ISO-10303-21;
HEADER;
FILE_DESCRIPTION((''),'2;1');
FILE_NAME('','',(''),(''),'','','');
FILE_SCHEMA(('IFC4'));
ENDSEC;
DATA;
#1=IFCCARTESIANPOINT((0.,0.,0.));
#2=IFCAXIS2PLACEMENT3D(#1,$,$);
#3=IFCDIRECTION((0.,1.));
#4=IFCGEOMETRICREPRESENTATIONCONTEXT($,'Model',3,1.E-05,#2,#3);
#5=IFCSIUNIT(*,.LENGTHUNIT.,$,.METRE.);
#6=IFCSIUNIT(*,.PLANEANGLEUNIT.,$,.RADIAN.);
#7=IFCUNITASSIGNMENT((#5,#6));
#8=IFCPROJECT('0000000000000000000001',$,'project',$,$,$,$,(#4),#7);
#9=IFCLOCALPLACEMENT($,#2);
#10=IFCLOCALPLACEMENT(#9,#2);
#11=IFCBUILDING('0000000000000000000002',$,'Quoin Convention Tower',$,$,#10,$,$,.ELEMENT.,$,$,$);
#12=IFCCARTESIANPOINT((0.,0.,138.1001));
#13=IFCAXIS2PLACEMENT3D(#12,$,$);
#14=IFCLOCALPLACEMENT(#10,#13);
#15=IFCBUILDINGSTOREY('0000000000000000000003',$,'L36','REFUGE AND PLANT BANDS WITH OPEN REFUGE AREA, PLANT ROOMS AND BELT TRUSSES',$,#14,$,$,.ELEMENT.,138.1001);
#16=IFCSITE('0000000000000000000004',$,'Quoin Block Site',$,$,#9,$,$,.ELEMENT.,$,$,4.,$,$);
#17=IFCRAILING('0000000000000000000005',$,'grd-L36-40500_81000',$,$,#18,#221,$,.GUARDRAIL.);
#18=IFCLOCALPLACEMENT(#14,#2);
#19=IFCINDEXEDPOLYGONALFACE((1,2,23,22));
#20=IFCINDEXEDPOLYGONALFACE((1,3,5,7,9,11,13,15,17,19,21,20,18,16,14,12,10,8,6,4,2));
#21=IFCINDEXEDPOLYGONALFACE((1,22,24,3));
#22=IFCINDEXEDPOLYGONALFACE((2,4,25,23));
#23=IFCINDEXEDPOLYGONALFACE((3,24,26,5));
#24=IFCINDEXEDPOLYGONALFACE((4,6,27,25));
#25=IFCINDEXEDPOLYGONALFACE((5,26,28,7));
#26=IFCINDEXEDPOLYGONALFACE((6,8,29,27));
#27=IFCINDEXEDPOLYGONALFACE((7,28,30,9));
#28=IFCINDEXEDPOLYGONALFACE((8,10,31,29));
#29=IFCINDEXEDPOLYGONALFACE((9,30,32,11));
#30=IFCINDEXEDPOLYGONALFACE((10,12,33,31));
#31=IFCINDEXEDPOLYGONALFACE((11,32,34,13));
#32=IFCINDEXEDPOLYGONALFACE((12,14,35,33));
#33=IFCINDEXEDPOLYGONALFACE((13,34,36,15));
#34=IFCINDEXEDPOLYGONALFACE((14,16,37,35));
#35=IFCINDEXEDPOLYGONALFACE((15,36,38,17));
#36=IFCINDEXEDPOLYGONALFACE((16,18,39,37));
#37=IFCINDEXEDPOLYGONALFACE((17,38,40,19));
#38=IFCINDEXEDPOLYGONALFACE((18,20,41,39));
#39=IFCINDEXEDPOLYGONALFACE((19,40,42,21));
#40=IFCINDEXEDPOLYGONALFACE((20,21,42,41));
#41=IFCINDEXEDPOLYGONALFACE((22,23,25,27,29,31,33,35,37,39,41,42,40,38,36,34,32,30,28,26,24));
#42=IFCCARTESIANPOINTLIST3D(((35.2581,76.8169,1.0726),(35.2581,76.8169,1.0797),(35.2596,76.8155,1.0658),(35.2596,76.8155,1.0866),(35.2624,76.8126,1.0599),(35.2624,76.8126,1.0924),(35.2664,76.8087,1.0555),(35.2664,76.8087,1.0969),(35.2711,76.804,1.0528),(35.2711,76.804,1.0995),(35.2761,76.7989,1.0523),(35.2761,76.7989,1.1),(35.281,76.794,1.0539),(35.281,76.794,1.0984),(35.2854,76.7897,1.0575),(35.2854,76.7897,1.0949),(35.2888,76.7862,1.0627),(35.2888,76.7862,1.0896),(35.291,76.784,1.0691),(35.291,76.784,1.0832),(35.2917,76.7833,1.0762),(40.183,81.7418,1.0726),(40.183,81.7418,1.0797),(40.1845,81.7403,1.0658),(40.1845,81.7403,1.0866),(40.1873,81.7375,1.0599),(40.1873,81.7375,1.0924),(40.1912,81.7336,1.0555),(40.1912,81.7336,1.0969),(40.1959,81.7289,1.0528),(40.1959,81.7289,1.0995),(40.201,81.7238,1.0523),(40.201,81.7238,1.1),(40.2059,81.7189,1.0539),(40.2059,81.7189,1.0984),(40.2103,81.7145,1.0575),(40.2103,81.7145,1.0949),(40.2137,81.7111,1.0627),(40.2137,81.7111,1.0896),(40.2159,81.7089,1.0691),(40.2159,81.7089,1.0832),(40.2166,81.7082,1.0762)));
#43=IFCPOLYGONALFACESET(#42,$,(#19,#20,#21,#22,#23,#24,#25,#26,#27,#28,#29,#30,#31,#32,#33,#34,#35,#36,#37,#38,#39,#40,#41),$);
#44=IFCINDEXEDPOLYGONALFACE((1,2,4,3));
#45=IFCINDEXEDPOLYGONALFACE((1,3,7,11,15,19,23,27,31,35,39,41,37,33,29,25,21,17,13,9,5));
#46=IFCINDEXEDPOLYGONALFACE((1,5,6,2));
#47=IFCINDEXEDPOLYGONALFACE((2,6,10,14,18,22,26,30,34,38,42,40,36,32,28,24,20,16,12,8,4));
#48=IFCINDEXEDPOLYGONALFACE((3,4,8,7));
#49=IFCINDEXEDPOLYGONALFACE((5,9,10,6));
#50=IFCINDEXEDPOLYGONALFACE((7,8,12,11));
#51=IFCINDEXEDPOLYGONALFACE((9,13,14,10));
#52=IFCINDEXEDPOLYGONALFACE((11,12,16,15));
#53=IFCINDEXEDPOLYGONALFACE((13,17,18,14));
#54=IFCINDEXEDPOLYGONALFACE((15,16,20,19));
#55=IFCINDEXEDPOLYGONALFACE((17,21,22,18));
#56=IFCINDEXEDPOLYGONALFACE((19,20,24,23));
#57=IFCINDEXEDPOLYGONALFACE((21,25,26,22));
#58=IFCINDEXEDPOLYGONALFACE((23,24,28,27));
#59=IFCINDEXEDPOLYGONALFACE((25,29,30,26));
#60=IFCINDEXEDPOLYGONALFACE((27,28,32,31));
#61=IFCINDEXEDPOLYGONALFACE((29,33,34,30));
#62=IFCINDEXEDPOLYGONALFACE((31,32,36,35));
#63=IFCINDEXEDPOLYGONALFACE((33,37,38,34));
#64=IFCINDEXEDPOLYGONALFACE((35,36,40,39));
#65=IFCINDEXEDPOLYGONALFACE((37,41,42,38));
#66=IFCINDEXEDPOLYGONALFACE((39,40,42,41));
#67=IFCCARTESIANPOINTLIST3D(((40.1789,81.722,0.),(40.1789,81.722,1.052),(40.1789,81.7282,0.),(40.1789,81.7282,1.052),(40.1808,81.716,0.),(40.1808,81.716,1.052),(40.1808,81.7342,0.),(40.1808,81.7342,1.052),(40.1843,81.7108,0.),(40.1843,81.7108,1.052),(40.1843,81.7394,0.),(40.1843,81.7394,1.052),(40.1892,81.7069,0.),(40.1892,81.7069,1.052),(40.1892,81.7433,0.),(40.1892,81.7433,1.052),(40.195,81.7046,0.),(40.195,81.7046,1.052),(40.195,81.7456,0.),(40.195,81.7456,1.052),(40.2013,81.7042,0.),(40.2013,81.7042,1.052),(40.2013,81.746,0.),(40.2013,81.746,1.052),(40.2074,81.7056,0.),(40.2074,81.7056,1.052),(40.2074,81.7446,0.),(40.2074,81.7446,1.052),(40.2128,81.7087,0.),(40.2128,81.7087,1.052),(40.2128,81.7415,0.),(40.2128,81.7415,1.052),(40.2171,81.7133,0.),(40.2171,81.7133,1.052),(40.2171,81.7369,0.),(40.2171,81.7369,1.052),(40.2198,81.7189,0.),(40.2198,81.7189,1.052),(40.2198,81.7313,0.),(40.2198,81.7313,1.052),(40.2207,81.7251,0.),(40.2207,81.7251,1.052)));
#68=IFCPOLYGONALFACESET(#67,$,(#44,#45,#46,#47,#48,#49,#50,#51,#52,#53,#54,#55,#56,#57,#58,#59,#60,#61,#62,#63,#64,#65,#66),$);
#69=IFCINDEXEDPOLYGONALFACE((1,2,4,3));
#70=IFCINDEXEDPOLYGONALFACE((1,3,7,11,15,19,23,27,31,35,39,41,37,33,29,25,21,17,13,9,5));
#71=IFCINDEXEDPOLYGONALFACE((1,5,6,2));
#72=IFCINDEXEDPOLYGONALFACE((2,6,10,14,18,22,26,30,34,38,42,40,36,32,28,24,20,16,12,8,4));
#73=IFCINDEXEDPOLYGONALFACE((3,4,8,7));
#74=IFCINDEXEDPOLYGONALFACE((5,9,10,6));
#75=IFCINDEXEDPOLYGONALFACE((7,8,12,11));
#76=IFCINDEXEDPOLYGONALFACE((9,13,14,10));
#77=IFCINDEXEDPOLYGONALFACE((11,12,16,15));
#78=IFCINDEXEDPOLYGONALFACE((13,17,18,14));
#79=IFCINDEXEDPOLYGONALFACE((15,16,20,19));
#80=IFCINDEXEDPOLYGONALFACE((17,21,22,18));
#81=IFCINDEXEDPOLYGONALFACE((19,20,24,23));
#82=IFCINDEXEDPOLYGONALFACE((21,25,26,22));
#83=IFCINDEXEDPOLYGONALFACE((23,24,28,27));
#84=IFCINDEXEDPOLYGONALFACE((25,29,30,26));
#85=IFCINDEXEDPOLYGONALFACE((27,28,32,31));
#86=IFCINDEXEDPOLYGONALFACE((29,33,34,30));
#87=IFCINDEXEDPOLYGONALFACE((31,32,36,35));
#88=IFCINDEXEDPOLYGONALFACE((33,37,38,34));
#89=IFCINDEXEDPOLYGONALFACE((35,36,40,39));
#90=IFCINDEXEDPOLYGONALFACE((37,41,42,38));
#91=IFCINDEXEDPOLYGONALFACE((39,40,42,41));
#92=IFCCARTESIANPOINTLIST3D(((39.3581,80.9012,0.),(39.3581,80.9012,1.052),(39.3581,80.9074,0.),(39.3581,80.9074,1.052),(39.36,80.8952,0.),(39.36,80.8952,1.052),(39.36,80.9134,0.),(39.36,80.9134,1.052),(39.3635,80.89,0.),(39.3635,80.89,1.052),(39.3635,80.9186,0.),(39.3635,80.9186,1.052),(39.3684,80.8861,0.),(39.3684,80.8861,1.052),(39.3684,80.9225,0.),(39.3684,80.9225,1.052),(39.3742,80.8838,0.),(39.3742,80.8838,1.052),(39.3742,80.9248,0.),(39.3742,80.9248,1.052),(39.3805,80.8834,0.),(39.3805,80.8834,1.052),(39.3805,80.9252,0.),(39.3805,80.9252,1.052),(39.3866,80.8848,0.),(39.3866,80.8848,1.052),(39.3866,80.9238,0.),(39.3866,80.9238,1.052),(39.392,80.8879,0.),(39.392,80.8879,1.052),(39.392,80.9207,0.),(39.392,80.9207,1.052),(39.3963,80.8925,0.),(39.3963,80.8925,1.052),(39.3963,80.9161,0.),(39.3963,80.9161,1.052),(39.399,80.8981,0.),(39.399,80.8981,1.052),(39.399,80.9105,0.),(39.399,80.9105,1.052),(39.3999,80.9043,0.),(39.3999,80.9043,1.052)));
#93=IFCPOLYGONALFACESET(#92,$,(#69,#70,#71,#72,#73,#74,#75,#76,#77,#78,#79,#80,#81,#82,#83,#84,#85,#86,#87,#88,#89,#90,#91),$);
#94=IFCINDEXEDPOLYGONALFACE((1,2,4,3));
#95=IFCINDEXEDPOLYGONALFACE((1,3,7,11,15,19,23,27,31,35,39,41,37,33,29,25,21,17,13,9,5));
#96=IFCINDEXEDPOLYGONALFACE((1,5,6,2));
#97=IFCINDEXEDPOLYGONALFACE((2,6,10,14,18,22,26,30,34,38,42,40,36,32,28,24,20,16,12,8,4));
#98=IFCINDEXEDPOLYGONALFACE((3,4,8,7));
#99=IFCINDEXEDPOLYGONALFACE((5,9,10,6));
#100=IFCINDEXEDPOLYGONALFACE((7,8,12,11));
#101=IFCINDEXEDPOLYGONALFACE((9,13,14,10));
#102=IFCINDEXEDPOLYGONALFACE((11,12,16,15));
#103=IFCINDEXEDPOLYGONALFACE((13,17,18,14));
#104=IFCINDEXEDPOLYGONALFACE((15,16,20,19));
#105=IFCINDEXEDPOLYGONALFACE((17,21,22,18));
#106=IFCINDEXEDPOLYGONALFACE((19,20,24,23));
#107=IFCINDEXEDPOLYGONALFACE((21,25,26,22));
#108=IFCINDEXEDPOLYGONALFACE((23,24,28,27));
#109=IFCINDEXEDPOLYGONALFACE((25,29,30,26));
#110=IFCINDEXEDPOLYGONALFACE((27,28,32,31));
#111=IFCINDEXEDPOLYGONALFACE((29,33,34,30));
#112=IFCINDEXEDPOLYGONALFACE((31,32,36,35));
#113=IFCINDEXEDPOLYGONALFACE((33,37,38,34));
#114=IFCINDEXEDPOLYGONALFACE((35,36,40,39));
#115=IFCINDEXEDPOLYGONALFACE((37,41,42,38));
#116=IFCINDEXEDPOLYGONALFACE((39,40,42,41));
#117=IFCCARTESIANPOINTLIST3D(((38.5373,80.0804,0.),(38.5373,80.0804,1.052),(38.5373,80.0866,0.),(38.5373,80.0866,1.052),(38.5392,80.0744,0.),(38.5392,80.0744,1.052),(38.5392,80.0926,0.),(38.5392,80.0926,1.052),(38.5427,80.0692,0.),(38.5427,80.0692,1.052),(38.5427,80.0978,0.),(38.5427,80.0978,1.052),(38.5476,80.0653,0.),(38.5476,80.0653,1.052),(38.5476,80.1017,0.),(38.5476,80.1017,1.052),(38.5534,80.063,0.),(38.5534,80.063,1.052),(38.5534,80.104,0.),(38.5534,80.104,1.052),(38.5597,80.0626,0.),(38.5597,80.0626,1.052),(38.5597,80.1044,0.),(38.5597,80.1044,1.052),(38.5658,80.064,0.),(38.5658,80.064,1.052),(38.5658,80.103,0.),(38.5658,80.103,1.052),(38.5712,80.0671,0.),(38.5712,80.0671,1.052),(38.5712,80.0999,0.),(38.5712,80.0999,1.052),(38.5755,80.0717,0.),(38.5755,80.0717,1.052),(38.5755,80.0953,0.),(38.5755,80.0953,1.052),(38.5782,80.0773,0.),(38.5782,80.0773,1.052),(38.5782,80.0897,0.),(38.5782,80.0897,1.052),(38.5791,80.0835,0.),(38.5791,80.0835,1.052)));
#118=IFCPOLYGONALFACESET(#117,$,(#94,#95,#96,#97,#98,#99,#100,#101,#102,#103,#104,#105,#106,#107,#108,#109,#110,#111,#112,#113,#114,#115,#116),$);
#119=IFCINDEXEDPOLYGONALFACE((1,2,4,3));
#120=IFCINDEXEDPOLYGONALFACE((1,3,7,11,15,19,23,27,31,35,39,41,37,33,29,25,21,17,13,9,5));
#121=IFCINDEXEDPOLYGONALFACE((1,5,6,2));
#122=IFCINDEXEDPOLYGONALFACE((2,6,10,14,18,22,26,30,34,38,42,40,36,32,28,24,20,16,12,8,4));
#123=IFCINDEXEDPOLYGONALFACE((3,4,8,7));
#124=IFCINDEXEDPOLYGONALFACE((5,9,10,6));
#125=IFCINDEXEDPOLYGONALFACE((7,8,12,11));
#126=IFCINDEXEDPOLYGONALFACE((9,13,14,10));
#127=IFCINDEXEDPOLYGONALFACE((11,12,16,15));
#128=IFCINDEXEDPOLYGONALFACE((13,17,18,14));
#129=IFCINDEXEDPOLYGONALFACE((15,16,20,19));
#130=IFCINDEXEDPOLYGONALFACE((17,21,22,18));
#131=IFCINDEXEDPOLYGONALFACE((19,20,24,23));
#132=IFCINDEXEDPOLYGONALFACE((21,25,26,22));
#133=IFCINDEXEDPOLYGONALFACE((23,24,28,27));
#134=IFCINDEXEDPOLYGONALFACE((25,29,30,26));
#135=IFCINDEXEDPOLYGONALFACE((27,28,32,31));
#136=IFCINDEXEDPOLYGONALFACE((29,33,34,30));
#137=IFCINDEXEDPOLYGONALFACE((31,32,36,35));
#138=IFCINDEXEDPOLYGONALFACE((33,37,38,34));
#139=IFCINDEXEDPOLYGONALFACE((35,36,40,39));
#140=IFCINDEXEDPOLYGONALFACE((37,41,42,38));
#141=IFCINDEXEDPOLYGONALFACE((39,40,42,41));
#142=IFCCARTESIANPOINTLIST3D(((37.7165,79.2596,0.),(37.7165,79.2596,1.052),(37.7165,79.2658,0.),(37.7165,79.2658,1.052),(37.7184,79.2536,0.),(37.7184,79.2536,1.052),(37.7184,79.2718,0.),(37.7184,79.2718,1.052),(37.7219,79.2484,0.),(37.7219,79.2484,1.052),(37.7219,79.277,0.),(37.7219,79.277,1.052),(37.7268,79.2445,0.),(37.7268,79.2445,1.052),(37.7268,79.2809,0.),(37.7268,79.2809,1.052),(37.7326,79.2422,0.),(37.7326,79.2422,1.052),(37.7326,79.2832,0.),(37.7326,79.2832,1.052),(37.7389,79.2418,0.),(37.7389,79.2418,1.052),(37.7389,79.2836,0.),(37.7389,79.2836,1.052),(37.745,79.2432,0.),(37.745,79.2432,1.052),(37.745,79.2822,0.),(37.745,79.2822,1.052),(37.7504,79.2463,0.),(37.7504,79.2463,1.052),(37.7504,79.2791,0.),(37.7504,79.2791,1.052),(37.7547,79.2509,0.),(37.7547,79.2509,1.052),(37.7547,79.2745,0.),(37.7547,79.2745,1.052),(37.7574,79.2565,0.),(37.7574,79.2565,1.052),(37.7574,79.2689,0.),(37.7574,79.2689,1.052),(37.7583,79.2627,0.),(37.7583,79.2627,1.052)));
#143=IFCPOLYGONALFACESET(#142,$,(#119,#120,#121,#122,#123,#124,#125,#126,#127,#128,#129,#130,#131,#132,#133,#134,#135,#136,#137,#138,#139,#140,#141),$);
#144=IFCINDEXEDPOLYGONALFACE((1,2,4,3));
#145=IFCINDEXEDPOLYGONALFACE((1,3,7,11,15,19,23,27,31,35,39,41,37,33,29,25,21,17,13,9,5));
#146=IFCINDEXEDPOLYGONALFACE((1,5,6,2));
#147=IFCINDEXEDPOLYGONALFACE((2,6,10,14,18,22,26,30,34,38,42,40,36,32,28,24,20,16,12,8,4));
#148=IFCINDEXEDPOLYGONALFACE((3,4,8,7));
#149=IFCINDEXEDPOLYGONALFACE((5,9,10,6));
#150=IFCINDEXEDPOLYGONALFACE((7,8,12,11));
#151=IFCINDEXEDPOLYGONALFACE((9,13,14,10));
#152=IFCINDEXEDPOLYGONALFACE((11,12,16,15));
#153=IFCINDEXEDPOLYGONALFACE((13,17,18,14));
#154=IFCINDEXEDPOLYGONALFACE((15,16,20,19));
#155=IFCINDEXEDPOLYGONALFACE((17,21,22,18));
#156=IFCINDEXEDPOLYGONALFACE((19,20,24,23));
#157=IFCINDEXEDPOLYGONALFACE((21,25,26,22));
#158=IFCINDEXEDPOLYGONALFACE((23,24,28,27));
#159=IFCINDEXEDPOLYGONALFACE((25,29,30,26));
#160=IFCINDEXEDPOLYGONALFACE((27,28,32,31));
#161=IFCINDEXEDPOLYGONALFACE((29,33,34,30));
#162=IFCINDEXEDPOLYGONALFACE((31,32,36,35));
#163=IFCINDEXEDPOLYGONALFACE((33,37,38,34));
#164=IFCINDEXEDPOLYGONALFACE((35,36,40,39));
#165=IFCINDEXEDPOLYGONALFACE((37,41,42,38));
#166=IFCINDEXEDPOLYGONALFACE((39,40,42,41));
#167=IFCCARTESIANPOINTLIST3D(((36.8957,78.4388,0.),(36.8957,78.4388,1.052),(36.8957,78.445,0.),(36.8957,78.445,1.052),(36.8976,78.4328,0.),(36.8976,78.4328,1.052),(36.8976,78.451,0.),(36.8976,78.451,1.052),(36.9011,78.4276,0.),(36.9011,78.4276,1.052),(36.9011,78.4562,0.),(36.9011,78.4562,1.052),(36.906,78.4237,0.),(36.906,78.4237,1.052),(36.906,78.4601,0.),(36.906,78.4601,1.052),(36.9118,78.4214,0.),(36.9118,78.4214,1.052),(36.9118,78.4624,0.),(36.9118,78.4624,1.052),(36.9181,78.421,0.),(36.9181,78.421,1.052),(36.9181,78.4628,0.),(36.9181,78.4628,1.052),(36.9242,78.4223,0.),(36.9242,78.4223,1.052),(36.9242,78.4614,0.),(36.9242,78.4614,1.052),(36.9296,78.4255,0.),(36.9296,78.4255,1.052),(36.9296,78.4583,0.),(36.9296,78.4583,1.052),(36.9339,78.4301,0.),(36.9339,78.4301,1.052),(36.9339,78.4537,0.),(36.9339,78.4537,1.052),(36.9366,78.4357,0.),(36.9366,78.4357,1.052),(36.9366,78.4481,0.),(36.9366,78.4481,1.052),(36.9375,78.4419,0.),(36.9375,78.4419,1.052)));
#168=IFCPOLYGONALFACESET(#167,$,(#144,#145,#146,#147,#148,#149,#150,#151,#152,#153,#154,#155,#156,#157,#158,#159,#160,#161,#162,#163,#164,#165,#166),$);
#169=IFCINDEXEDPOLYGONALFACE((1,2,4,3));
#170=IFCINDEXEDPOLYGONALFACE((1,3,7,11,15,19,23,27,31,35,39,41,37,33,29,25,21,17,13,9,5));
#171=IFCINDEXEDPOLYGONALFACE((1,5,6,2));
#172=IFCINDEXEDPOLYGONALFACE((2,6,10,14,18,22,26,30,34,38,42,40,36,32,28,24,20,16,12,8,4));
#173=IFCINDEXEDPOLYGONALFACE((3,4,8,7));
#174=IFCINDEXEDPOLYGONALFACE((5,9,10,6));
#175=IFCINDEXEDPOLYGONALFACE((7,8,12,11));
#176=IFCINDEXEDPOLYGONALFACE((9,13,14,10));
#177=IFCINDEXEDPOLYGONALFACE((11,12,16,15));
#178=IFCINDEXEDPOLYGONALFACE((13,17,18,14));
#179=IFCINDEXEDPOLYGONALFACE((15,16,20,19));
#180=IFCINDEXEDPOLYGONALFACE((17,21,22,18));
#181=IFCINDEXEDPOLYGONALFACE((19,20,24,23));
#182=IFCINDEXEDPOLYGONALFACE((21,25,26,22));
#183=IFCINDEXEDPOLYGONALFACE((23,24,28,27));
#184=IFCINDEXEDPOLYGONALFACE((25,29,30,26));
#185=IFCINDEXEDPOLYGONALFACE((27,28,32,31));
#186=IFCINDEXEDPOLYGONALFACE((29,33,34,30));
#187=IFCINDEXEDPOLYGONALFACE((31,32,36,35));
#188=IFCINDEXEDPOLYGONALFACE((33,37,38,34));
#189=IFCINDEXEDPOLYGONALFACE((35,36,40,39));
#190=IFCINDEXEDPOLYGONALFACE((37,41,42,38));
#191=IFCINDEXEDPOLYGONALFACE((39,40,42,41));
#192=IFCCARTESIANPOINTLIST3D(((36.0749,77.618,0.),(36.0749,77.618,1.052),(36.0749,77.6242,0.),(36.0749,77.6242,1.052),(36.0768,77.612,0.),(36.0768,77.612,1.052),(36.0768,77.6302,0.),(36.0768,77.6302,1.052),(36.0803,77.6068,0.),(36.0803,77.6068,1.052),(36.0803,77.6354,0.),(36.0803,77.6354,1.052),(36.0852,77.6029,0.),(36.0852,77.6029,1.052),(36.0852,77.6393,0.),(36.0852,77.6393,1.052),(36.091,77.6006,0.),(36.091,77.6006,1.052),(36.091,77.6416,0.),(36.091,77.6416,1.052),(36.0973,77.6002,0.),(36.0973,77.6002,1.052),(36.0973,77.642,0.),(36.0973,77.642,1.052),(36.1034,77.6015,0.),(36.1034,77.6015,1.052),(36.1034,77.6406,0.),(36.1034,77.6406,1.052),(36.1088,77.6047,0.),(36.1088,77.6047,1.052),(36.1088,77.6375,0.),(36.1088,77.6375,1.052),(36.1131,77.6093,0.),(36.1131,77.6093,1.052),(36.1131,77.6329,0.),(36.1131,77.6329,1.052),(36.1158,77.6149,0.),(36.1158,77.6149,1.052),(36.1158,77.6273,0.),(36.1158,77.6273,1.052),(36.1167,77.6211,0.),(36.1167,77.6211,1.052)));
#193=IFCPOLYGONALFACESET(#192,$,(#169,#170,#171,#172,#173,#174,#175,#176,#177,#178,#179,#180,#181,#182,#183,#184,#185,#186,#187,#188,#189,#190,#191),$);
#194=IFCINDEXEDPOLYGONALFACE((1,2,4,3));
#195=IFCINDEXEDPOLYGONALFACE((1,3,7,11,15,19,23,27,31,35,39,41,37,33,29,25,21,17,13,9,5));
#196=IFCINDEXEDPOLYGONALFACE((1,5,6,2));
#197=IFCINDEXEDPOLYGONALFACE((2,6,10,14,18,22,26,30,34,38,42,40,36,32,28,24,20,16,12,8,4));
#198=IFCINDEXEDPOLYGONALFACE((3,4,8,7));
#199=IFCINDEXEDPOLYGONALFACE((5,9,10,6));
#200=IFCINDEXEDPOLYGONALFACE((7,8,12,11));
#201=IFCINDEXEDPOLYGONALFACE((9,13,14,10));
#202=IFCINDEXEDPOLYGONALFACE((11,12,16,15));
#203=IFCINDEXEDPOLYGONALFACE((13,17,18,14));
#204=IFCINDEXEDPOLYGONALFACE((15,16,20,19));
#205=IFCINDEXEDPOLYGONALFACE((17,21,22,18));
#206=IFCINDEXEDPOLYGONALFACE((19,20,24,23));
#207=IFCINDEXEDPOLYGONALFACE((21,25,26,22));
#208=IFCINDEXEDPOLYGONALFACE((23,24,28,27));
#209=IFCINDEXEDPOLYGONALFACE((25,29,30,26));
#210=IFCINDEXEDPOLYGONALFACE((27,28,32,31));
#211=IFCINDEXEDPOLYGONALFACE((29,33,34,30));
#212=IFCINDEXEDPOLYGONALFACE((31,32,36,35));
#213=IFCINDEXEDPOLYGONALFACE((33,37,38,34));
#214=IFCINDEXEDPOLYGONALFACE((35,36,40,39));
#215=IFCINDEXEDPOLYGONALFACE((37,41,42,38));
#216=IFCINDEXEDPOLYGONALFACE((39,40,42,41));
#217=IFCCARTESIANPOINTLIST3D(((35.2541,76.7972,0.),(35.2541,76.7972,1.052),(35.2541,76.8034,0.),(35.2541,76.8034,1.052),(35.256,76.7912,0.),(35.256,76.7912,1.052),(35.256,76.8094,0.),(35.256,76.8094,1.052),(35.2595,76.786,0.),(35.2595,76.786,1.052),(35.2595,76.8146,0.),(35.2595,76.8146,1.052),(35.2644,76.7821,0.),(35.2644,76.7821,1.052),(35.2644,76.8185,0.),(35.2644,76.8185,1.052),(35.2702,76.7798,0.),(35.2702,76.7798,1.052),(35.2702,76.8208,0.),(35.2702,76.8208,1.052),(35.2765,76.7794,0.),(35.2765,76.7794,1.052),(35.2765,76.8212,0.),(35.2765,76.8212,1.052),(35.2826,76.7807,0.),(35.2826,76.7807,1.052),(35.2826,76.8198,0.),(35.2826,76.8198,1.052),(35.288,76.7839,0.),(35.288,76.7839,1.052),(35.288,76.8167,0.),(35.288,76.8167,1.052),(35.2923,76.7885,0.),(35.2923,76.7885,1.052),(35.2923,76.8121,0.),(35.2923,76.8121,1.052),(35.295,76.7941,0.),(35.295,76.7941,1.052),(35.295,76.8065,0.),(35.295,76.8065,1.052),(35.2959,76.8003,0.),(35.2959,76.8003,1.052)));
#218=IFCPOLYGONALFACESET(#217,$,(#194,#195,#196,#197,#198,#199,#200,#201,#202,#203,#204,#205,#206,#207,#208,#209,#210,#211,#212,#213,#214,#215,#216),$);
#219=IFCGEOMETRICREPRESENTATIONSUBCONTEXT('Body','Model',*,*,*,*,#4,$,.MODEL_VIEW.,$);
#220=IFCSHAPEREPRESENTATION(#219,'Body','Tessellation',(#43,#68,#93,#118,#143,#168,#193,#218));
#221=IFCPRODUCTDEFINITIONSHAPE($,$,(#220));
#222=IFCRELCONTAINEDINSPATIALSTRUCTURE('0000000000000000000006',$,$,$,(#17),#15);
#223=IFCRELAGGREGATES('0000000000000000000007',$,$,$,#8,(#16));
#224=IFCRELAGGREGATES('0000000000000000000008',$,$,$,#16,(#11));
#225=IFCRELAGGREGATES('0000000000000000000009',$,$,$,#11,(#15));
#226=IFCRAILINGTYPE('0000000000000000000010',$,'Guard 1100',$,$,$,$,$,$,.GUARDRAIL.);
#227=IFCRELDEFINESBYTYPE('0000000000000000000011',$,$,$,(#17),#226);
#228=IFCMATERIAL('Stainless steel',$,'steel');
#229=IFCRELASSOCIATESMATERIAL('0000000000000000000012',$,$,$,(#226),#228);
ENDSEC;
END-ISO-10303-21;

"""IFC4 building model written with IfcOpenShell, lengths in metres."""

from ifc_helpers import new_model, si_unit, direction, frame, origin, origin_2d, place, context, subcontext, project, spatial, circle, extrude, material, type_object, element, save


model = new_model("IFC4")

# Units and contexts
model_context = context("Model", 3, precision=1e-05, world=origin(), true_north=direction((0.0, 1.0)))
body_context = subcontext(model_context, "Body", "Model", "MODEL_VIEW")
ifc_project = project(units=[si_unit("LENGTHUNIT", "METRE"), si_unit("PLANEANGLEUNIT", "RADIAN")], contexts=[model_context])

# Site, building, storey
site_placement = place(None, origin())
site = spatial("IfcSite", under=ifc_project, at=site_placement, Name="Quoin Block Site", CompositionType="ELEMENT", RefElevation=4.0)
building_placement = place(site_placement, origin())
building = spatial("IfcBuilding", under=site, at=building_placement, Name="Quoin Convention Tower", CompositionType="ELEMENT")
storey_placement = place(building_placement, frame((0.0, 0.0, 138.1001)))
storey = spatial("IfcBuildingStorey", under=building, at=storey_placement, Name="L36", Description="REFUGE AND PLANT BANDS WITH OPEN REFUGE AREA, PLANT ROOMS AND BELT TRUSSES", CompositionType="ELEMENT", Elevation=138.1001)

# Railing
ifc_material_1 = material(Name="Stainless steel", Category="steel")
railing_type = type_object("IfcRailingType", Name="Guard 1100", PredefinedType="GUARDRAIL", material=ifc_material_1)
railing_placement = place(storey_placement, frame((40.1997, 81.7251, 0.0)))
element("IfcRailing", 1, at=railing_placement, inside=storey, type_object=railing_type, Name="grd-L36-40500_81000", PredefinedType="GUARDRAIL", context=body_context, shape_type="SweptSolid", body=[
    extrude(circle(Radius=0.0239, at=origin_2d()), frame((0.0, 0.0, 1.0762), z_axis=(-0.707107, -0.707107, 0.0), x_axis=(0.707107, -0.707107, 0.0)), (0.0, 0.0, 1.0), 6.9648),
    extrude(circle(Radius=0.021, at=origin_2d()), origin(), (0.0, 0.0, 1.0), 1.052),
    extrude(circle(Radius=0.021, at=origin_2d()), frame((-0.8208, -0.8208, 0.0)), (0.0, 0.0, 1.0), 1.052),
    extrude(circle(Radius=0.021, at=origin_2d()), frame((-1.6416, -1.6416, 0.0)), (0.0, 0.0, 1.0), 1.052),
    extrude(circle(Radius=0.021, at=origin_2d()), frame((-2.4624, -2.4624, 0.0)), (0.0, 0.0, 1.0), 1.052),
    extrude(circle(Radius=0.021, at=origin_2d()), frame((-3.2832, -3.2832, 0.0)), (0.0, 0.0, 1.0), 1.052),
    extrude(circle(Radius=0.021, at=origin_2d()), frame((-4.104, -4.104, 0.0)), (0.0, 0.0, 1.0), 1.052),
    extrude(circle(Radius=0.021, at=origin_2d()), frame((-4.9248, -4.9248, 0.0)), (0.0, 0.0, 1.0), 1.052),
])

save(model, "model.ifc")
